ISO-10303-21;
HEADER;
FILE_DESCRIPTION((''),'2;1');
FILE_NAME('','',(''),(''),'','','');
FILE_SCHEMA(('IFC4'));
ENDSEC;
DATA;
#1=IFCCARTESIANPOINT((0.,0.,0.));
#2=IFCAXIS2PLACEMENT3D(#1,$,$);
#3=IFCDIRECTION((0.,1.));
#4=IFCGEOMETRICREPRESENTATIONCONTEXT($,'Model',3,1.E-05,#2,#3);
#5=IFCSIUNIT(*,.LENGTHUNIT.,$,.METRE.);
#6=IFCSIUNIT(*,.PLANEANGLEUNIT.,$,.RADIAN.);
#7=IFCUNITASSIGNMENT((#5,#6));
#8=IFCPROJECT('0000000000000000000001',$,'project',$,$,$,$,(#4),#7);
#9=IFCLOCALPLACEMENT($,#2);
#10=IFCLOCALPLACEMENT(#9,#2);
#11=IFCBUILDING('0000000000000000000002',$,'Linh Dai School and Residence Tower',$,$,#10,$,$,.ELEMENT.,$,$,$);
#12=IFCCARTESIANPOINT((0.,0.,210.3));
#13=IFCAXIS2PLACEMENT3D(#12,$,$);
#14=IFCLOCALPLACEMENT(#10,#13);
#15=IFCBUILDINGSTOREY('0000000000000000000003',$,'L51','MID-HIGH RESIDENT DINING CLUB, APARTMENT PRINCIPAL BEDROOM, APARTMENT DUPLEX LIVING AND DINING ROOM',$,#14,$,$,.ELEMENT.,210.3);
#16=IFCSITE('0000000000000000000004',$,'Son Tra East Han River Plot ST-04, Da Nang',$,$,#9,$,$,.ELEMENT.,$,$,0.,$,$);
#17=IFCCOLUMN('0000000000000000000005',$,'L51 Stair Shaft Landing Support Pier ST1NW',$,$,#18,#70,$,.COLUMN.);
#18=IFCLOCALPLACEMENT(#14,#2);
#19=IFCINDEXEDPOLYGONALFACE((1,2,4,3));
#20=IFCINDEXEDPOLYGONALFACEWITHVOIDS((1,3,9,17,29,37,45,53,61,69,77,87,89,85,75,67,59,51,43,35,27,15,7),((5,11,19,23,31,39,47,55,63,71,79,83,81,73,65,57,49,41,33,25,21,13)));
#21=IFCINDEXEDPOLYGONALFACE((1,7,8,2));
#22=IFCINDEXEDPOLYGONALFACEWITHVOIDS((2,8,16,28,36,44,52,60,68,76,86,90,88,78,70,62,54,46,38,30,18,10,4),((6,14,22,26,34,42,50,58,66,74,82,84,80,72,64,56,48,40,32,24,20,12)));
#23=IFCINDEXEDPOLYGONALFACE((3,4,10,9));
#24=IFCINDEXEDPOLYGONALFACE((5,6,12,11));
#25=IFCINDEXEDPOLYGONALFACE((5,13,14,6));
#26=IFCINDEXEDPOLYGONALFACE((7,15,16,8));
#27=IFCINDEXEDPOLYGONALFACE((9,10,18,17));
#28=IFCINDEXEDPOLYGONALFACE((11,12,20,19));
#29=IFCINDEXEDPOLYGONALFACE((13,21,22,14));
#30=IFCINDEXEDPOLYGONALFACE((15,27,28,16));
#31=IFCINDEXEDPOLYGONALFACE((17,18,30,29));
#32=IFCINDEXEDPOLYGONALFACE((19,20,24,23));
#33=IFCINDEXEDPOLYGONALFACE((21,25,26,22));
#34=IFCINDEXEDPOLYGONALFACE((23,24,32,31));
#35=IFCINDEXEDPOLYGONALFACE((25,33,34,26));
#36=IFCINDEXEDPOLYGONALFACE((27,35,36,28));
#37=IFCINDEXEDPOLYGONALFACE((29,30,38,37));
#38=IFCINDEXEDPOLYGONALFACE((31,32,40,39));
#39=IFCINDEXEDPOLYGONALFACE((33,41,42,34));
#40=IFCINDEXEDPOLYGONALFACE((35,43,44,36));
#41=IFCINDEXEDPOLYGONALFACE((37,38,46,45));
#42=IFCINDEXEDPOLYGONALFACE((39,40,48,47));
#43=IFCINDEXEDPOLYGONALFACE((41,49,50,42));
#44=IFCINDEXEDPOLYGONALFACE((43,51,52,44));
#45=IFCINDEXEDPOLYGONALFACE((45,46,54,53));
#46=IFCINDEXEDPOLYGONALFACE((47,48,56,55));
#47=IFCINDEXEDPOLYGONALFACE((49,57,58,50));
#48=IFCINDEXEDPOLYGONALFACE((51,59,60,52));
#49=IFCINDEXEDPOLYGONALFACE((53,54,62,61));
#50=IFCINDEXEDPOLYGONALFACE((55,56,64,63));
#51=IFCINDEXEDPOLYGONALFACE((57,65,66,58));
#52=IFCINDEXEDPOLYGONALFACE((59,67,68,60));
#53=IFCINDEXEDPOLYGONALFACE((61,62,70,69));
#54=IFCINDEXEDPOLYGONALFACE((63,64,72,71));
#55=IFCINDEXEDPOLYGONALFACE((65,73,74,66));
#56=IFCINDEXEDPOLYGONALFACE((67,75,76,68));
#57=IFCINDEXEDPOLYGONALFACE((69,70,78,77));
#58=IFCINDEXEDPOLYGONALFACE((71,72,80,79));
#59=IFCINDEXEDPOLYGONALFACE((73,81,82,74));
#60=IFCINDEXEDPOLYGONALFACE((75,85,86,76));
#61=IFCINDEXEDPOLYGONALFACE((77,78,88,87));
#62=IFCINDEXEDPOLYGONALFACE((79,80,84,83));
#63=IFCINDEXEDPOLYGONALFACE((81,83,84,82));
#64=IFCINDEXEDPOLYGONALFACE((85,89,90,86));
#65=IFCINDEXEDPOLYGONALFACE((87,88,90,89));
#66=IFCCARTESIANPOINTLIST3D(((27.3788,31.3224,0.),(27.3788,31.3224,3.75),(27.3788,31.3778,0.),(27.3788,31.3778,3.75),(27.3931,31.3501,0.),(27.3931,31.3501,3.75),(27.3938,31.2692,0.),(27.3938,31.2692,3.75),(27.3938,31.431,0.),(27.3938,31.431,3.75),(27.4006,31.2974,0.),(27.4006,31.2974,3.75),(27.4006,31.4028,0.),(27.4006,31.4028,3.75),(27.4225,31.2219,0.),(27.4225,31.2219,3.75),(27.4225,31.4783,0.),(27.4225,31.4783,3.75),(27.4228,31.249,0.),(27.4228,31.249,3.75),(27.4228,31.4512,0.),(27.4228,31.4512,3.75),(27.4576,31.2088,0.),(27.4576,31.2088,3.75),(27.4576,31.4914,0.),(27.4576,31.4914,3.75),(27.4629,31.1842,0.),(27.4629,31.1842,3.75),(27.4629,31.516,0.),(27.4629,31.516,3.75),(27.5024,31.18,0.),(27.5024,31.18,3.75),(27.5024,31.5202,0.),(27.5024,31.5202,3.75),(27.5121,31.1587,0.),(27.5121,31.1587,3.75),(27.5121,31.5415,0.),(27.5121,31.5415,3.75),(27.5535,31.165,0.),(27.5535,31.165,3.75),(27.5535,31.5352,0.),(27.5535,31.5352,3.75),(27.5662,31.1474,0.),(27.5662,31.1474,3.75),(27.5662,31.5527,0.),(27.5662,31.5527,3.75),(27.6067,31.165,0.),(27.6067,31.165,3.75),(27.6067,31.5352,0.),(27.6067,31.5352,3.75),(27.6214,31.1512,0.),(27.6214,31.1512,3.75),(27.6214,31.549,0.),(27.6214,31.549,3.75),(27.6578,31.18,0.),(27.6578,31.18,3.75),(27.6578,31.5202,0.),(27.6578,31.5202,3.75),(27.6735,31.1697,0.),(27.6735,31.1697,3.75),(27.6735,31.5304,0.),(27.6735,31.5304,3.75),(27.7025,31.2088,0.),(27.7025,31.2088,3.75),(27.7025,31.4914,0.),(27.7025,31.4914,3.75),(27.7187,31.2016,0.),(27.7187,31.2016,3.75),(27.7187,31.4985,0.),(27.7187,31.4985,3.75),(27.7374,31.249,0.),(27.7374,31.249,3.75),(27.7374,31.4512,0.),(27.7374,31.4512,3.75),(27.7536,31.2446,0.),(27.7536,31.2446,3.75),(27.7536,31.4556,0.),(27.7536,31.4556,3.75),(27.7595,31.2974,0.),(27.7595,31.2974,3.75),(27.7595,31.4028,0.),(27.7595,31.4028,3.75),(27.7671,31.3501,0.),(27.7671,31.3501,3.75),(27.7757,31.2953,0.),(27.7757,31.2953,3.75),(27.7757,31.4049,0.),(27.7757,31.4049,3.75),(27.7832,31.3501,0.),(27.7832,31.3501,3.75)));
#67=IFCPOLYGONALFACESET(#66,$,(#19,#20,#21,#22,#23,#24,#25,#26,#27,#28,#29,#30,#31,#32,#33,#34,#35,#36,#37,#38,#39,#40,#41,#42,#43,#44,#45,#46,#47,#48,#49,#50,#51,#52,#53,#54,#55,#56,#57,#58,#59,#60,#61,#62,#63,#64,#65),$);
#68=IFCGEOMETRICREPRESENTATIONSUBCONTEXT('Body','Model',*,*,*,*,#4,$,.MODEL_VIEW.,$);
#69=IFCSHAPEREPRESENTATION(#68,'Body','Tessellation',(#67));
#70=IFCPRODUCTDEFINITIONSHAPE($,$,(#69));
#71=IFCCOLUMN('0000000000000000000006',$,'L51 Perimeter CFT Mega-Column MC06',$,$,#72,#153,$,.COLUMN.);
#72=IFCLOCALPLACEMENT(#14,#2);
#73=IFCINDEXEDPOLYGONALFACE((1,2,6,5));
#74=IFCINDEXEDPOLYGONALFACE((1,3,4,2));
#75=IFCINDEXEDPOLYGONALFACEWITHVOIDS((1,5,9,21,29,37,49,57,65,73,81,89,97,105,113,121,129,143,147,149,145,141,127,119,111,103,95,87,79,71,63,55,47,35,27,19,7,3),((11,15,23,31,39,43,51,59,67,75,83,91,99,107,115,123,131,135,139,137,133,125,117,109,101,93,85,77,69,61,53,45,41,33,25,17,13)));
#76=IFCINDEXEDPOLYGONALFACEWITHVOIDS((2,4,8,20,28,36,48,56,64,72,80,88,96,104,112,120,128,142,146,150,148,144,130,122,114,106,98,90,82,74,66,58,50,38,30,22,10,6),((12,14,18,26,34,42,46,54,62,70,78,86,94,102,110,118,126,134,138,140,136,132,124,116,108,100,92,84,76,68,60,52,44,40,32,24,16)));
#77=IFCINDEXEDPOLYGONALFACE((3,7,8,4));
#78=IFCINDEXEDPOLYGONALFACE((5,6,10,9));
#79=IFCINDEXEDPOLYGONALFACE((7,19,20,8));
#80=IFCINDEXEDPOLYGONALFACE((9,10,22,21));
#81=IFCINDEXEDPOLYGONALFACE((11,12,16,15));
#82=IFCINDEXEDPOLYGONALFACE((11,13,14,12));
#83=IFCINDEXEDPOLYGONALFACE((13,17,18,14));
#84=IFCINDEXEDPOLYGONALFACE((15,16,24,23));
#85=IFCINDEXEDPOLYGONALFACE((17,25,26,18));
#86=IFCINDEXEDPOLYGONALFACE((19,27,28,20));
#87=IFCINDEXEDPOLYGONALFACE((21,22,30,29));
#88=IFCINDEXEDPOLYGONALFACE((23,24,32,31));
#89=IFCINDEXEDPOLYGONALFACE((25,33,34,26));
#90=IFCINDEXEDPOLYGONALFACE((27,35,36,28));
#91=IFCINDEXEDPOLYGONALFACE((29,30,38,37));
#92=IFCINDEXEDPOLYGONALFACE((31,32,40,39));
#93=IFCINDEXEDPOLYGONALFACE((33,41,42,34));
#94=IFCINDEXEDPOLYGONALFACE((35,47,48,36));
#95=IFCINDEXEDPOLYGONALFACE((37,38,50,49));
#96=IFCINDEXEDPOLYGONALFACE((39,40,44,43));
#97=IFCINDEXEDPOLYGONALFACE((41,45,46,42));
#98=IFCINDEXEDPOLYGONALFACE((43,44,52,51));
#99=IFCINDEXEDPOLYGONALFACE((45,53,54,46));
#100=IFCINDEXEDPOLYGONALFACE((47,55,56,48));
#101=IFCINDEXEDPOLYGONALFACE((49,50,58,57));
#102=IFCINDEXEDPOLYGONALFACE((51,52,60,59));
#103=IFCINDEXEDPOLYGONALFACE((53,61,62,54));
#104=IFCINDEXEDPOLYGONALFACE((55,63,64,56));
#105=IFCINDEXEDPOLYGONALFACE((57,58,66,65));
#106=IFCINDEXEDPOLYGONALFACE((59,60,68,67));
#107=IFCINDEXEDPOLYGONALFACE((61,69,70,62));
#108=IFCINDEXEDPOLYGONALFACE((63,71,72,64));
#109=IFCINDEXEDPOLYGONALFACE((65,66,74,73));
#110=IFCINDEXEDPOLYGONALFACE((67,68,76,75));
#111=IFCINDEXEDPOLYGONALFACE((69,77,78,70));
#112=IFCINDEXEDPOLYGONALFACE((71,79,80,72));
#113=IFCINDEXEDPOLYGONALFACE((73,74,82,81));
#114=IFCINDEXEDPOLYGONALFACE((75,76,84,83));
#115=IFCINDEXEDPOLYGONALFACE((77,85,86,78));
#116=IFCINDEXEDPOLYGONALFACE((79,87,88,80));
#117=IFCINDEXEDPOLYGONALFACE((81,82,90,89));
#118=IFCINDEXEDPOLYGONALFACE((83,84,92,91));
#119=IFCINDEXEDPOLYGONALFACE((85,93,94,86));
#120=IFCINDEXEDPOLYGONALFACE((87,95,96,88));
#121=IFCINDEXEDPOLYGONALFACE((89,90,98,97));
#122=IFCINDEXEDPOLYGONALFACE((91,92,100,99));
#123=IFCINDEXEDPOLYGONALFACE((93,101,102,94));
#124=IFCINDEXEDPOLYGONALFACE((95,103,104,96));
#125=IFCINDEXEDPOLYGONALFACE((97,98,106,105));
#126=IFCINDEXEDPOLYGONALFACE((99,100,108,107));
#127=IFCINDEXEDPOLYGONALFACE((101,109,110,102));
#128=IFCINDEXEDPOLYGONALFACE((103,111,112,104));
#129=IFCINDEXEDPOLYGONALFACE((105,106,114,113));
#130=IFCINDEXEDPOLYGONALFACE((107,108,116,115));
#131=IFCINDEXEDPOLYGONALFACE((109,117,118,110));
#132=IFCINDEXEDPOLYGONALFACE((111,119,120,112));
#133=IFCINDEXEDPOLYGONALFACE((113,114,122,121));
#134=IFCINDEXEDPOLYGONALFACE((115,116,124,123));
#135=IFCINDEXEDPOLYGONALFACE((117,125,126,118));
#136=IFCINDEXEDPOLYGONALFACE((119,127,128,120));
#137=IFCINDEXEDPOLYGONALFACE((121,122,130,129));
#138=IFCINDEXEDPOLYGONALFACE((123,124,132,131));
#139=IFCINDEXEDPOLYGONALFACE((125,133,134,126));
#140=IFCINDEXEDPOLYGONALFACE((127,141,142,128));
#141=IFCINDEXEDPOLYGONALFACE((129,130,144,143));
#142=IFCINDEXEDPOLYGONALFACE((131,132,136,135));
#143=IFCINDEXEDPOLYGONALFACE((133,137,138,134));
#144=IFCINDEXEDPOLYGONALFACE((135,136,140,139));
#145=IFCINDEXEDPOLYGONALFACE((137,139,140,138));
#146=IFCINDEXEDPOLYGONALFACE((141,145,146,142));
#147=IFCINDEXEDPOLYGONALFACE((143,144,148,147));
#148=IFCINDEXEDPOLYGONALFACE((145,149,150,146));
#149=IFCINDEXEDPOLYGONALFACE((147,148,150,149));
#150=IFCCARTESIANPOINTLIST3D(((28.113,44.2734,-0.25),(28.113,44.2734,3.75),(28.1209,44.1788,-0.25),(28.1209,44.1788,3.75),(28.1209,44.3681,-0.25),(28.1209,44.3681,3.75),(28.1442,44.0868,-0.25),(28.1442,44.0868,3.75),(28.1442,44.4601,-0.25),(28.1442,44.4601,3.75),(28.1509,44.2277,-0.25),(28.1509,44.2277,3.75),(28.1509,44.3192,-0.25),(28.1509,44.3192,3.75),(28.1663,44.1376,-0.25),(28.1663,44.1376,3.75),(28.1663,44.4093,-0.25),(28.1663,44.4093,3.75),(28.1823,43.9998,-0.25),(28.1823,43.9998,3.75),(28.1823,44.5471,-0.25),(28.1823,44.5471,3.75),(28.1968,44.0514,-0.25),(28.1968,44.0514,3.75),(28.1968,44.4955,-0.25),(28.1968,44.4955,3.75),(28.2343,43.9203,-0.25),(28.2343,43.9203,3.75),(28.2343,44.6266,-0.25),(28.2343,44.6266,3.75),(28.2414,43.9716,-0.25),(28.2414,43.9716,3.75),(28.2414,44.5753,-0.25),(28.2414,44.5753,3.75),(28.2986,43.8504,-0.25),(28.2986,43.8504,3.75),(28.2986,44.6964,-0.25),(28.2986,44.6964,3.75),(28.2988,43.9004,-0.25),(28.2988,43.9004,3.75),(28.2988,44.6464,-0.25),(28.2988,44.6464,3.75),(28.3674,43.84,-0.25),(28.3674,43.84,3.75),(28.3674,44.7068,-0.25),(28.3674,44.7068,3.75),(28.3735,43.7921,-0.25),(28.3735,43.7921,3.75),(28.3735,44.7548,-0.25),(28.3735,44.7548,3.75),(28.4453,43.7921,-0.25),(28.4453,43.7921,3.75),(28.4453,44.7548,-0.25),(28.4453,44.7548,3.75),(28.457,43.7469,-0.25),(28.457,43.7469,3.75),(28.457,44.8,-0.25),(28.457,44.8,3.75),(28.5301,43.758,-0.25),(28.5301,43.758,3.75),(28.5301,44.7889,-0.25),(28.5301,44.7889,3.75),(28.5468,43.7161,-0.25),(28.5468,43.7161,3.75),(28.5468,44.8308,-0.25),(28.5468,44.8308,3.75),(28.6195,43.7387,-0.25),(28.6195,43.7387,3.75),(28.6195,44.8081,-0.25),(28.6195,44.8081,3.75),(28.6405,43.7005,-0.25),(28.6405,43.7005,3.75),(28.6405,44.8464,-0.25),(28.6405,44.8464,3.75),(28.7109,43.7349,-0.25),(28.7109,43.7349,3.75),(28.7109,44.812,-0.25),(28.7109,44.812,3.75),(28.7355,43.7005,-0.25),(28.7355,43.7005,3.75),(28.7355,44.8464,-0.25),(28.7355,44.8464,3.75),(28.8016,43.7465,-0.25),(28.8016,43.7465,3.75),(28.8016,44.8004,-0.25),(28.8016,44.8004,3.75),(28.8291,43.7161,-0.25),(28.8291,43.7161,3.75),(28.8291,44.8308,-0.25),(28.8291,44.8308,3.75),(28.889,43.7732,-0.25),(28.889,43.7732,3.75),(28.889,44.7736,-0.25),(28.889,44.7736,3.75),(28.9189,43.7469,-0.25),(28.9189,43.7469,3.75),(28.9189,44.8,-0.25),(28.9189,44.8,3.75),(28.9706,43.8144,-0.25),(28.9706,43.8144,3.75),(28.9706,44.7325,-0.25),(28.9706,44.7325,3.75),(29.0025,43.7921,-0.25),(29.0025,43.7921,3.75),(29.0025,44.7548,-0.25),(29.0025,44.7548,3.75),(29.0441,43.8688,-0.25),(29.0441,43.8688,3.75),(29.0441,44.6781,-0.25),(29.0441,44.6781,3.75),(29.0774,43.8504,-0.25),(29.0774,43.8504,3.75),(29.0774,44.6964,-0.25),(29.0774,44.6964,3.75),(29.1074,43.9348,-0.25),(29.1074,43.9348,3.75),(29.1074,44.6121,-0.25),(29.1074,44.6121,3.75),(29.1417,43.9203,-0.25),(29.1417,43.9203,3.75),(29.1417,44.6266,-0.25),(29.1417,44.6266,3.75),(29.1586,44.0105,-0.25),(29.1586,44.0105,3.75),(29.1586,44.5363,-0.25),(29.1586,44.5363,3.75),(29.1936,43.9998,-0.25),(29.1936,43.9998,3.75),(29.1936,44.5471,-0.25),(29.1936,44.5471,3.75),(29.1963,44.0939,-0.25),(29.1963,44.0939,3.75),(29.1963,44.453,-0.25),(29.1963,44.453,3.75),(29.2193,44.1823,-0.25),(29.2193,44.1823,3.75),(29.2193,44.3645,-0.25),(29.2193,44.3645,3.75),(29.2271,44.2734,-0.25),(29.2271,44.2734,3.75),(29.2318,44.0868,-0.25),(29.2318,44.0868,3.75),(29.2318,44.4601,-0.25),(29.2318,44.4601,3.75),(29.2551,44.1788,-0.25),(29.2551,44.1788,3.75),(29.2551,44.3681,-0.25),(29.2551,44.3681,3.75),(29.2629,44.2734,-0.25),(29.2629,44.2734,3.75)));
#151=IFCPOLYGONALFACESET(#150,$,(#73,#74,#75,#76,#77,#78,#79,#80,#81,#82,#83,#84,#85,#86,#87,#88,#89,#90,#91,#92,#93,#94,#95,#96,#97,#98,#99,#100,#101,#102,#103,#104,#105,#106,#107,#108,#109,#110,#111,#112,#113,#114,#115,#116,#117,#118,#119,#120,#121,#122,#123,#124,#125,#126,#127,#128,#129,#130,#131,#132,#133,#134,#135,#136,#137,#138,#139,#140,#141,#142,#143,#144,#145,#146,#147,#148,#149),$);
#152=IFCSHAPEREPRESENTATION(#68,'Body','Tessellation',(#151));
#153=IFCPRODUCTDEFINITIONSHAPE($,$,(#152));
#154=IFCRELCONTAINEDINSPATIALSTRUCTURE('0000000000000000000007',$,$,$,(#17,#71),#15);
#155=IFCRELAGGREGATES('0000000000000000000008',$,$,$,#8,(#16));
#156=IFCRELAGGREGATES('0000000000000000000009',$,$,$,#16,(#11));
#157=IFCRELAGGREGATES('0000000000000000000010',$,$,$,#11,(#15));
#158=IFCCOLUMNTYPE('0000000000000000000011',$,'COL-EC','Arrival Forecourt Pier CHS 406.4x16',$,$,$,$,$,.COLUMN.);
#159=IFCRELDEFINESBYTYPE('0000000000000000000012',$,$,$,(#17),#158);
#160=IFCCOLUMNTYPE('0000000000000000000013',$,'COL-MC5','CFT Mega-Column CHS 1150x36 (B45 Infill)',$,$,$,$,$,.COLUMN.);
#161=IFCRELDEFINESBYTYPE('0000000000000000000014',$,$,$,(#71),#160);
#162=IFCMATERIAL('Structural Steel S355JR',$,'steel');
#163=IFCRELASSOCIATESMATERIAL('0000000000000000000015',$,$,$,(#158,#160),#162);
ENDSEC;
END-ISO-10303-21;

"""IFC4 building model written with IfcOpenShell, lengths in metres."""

from ifc_helpers import new_model, si_unit, direction, frame, origin, origin_2d, place, context, subcontext, project, spatial, hollow_circle, extrude, material, material_profile, profile_set, type_object, element, save


model = new_model("IFC4")

# Units and contexts
model_context = context("Model", 3, precision=1e-05, world=origin(), true_north=direction((0.0, 1.0)))
body_context = subcontext(model_context, "Body", "Model", "MODEL_VIEW")
ifc_project = project(units=[si_unit("LENGTHUNIT", "METRE"), si_unit("PLANEANGLEUNIT", "RADIAN")], contexts=[model_context])

# Site, building, storey
site_placement = place(None, origin())
site = spatial("IfcSite", under=ifc_project, at=site_placement, Name="Son Tra East Han River Plot ST-04, Da Nang", CompositionType="ELEMENT", RefElevation=0.0)
building_placement = place(site_placement, origin())
building = spatial("IfcBuilding", under=site, at=building_placement, Name="Linh Dai School and Residence Tower", CompositionType="ELEMENT")
storey_placement = place(building_placement, frame((0.0, 0.0, 210.3)))
storey = spatial("IfcBuildingStorey", under=building, at=storey_placement, Name="L51", Description="MID-HIGH RESIDENT DINING CLUB, APARTMENT PRINCIPAL BEDROOM, APARTMENT DUPLEX LIVING AND DINING ROOM", CompositionType="ELEMENT", Elevation=210.3)

# Columns
ifc_material_1 = material(Name="Structural Steel S355JR", Category="steel")
ifc_material_profile_1 = material_profile(ifc_material_1, hollow_circle(Radius=0.2031, WallThickness=0.0161, at=origin_2d()), Name="CHS 406.4x16")
ifc_profile_set_1 = profile_set([ifc_material_profile_1], Name="Structural Steel S355JR")
column_type_1 = type_object("IfcColumnType", Name="COL-EC", Description="Arrival Forecourt Pier CHS 406.4x16", PredefinedType="COLUMN", material=ifc_profile_set_1)
column_1_placement = place(storey_placement, frame((27.5801, 31.3501, 0.0), z_axis=(0.0, 0.0, 1.0), x_axis=(1.0, 0.0, 0.0)))
element("IfcColumn", 1, at=column_1_placement, inside=storey, type_object=column_type_1, Name="L51 Stair Shaft Landing Support Pier ST1NW", PredefinedType="COLUMN", context=body_context, shape_type="SweptSolid", body=[
    extrude(hollow_circle(Radius=0.2031, WallThickness=0.0161, at=origin_2d()), origin(), (0.0, 0.0, 1.0), 3.75),
])
ifc_material_profile_2 = material_profile(ifc_material_1, hollow_circle(Radius=0.575, WallThickness=0.0359, at=origin_2d()), Name="CHS 1150x36")
ifc_profile_set_2 = profile_set([ifc_material_profile_2], Name="Structural Steel S355JR")
column_type_2 = type_object("IfcColumnType", Name="COL-MC5", Description="CFT Mega-Column CHS 1150x36 (B45 Infill)", PredefinedType="COLUMN", material=ifc_profile_set_2)
column_2_placement = place(storey_placement, frame((28.688, 44.2734, -0.25), z_axis=(0.0, 0.0, 1.0), x_axis=(1.0, 0.0, 0.0)))
element("IfcColumn", 2, at=column_2_placement, inside=storey, type_object=column_type_2, Name="L51 Perimeter CFT Mega-Column MC06", PredefinedType="COLUMN", context=body_context, shape_type="SweptSolid", body=[
    extrude(hollow_circle(Radius=0.575, WallThickness=0.0359, at=origin_2d()), origin(), (0.0, 0.0, 1.0), 4.0),
])

save(model, "model.ifc")
